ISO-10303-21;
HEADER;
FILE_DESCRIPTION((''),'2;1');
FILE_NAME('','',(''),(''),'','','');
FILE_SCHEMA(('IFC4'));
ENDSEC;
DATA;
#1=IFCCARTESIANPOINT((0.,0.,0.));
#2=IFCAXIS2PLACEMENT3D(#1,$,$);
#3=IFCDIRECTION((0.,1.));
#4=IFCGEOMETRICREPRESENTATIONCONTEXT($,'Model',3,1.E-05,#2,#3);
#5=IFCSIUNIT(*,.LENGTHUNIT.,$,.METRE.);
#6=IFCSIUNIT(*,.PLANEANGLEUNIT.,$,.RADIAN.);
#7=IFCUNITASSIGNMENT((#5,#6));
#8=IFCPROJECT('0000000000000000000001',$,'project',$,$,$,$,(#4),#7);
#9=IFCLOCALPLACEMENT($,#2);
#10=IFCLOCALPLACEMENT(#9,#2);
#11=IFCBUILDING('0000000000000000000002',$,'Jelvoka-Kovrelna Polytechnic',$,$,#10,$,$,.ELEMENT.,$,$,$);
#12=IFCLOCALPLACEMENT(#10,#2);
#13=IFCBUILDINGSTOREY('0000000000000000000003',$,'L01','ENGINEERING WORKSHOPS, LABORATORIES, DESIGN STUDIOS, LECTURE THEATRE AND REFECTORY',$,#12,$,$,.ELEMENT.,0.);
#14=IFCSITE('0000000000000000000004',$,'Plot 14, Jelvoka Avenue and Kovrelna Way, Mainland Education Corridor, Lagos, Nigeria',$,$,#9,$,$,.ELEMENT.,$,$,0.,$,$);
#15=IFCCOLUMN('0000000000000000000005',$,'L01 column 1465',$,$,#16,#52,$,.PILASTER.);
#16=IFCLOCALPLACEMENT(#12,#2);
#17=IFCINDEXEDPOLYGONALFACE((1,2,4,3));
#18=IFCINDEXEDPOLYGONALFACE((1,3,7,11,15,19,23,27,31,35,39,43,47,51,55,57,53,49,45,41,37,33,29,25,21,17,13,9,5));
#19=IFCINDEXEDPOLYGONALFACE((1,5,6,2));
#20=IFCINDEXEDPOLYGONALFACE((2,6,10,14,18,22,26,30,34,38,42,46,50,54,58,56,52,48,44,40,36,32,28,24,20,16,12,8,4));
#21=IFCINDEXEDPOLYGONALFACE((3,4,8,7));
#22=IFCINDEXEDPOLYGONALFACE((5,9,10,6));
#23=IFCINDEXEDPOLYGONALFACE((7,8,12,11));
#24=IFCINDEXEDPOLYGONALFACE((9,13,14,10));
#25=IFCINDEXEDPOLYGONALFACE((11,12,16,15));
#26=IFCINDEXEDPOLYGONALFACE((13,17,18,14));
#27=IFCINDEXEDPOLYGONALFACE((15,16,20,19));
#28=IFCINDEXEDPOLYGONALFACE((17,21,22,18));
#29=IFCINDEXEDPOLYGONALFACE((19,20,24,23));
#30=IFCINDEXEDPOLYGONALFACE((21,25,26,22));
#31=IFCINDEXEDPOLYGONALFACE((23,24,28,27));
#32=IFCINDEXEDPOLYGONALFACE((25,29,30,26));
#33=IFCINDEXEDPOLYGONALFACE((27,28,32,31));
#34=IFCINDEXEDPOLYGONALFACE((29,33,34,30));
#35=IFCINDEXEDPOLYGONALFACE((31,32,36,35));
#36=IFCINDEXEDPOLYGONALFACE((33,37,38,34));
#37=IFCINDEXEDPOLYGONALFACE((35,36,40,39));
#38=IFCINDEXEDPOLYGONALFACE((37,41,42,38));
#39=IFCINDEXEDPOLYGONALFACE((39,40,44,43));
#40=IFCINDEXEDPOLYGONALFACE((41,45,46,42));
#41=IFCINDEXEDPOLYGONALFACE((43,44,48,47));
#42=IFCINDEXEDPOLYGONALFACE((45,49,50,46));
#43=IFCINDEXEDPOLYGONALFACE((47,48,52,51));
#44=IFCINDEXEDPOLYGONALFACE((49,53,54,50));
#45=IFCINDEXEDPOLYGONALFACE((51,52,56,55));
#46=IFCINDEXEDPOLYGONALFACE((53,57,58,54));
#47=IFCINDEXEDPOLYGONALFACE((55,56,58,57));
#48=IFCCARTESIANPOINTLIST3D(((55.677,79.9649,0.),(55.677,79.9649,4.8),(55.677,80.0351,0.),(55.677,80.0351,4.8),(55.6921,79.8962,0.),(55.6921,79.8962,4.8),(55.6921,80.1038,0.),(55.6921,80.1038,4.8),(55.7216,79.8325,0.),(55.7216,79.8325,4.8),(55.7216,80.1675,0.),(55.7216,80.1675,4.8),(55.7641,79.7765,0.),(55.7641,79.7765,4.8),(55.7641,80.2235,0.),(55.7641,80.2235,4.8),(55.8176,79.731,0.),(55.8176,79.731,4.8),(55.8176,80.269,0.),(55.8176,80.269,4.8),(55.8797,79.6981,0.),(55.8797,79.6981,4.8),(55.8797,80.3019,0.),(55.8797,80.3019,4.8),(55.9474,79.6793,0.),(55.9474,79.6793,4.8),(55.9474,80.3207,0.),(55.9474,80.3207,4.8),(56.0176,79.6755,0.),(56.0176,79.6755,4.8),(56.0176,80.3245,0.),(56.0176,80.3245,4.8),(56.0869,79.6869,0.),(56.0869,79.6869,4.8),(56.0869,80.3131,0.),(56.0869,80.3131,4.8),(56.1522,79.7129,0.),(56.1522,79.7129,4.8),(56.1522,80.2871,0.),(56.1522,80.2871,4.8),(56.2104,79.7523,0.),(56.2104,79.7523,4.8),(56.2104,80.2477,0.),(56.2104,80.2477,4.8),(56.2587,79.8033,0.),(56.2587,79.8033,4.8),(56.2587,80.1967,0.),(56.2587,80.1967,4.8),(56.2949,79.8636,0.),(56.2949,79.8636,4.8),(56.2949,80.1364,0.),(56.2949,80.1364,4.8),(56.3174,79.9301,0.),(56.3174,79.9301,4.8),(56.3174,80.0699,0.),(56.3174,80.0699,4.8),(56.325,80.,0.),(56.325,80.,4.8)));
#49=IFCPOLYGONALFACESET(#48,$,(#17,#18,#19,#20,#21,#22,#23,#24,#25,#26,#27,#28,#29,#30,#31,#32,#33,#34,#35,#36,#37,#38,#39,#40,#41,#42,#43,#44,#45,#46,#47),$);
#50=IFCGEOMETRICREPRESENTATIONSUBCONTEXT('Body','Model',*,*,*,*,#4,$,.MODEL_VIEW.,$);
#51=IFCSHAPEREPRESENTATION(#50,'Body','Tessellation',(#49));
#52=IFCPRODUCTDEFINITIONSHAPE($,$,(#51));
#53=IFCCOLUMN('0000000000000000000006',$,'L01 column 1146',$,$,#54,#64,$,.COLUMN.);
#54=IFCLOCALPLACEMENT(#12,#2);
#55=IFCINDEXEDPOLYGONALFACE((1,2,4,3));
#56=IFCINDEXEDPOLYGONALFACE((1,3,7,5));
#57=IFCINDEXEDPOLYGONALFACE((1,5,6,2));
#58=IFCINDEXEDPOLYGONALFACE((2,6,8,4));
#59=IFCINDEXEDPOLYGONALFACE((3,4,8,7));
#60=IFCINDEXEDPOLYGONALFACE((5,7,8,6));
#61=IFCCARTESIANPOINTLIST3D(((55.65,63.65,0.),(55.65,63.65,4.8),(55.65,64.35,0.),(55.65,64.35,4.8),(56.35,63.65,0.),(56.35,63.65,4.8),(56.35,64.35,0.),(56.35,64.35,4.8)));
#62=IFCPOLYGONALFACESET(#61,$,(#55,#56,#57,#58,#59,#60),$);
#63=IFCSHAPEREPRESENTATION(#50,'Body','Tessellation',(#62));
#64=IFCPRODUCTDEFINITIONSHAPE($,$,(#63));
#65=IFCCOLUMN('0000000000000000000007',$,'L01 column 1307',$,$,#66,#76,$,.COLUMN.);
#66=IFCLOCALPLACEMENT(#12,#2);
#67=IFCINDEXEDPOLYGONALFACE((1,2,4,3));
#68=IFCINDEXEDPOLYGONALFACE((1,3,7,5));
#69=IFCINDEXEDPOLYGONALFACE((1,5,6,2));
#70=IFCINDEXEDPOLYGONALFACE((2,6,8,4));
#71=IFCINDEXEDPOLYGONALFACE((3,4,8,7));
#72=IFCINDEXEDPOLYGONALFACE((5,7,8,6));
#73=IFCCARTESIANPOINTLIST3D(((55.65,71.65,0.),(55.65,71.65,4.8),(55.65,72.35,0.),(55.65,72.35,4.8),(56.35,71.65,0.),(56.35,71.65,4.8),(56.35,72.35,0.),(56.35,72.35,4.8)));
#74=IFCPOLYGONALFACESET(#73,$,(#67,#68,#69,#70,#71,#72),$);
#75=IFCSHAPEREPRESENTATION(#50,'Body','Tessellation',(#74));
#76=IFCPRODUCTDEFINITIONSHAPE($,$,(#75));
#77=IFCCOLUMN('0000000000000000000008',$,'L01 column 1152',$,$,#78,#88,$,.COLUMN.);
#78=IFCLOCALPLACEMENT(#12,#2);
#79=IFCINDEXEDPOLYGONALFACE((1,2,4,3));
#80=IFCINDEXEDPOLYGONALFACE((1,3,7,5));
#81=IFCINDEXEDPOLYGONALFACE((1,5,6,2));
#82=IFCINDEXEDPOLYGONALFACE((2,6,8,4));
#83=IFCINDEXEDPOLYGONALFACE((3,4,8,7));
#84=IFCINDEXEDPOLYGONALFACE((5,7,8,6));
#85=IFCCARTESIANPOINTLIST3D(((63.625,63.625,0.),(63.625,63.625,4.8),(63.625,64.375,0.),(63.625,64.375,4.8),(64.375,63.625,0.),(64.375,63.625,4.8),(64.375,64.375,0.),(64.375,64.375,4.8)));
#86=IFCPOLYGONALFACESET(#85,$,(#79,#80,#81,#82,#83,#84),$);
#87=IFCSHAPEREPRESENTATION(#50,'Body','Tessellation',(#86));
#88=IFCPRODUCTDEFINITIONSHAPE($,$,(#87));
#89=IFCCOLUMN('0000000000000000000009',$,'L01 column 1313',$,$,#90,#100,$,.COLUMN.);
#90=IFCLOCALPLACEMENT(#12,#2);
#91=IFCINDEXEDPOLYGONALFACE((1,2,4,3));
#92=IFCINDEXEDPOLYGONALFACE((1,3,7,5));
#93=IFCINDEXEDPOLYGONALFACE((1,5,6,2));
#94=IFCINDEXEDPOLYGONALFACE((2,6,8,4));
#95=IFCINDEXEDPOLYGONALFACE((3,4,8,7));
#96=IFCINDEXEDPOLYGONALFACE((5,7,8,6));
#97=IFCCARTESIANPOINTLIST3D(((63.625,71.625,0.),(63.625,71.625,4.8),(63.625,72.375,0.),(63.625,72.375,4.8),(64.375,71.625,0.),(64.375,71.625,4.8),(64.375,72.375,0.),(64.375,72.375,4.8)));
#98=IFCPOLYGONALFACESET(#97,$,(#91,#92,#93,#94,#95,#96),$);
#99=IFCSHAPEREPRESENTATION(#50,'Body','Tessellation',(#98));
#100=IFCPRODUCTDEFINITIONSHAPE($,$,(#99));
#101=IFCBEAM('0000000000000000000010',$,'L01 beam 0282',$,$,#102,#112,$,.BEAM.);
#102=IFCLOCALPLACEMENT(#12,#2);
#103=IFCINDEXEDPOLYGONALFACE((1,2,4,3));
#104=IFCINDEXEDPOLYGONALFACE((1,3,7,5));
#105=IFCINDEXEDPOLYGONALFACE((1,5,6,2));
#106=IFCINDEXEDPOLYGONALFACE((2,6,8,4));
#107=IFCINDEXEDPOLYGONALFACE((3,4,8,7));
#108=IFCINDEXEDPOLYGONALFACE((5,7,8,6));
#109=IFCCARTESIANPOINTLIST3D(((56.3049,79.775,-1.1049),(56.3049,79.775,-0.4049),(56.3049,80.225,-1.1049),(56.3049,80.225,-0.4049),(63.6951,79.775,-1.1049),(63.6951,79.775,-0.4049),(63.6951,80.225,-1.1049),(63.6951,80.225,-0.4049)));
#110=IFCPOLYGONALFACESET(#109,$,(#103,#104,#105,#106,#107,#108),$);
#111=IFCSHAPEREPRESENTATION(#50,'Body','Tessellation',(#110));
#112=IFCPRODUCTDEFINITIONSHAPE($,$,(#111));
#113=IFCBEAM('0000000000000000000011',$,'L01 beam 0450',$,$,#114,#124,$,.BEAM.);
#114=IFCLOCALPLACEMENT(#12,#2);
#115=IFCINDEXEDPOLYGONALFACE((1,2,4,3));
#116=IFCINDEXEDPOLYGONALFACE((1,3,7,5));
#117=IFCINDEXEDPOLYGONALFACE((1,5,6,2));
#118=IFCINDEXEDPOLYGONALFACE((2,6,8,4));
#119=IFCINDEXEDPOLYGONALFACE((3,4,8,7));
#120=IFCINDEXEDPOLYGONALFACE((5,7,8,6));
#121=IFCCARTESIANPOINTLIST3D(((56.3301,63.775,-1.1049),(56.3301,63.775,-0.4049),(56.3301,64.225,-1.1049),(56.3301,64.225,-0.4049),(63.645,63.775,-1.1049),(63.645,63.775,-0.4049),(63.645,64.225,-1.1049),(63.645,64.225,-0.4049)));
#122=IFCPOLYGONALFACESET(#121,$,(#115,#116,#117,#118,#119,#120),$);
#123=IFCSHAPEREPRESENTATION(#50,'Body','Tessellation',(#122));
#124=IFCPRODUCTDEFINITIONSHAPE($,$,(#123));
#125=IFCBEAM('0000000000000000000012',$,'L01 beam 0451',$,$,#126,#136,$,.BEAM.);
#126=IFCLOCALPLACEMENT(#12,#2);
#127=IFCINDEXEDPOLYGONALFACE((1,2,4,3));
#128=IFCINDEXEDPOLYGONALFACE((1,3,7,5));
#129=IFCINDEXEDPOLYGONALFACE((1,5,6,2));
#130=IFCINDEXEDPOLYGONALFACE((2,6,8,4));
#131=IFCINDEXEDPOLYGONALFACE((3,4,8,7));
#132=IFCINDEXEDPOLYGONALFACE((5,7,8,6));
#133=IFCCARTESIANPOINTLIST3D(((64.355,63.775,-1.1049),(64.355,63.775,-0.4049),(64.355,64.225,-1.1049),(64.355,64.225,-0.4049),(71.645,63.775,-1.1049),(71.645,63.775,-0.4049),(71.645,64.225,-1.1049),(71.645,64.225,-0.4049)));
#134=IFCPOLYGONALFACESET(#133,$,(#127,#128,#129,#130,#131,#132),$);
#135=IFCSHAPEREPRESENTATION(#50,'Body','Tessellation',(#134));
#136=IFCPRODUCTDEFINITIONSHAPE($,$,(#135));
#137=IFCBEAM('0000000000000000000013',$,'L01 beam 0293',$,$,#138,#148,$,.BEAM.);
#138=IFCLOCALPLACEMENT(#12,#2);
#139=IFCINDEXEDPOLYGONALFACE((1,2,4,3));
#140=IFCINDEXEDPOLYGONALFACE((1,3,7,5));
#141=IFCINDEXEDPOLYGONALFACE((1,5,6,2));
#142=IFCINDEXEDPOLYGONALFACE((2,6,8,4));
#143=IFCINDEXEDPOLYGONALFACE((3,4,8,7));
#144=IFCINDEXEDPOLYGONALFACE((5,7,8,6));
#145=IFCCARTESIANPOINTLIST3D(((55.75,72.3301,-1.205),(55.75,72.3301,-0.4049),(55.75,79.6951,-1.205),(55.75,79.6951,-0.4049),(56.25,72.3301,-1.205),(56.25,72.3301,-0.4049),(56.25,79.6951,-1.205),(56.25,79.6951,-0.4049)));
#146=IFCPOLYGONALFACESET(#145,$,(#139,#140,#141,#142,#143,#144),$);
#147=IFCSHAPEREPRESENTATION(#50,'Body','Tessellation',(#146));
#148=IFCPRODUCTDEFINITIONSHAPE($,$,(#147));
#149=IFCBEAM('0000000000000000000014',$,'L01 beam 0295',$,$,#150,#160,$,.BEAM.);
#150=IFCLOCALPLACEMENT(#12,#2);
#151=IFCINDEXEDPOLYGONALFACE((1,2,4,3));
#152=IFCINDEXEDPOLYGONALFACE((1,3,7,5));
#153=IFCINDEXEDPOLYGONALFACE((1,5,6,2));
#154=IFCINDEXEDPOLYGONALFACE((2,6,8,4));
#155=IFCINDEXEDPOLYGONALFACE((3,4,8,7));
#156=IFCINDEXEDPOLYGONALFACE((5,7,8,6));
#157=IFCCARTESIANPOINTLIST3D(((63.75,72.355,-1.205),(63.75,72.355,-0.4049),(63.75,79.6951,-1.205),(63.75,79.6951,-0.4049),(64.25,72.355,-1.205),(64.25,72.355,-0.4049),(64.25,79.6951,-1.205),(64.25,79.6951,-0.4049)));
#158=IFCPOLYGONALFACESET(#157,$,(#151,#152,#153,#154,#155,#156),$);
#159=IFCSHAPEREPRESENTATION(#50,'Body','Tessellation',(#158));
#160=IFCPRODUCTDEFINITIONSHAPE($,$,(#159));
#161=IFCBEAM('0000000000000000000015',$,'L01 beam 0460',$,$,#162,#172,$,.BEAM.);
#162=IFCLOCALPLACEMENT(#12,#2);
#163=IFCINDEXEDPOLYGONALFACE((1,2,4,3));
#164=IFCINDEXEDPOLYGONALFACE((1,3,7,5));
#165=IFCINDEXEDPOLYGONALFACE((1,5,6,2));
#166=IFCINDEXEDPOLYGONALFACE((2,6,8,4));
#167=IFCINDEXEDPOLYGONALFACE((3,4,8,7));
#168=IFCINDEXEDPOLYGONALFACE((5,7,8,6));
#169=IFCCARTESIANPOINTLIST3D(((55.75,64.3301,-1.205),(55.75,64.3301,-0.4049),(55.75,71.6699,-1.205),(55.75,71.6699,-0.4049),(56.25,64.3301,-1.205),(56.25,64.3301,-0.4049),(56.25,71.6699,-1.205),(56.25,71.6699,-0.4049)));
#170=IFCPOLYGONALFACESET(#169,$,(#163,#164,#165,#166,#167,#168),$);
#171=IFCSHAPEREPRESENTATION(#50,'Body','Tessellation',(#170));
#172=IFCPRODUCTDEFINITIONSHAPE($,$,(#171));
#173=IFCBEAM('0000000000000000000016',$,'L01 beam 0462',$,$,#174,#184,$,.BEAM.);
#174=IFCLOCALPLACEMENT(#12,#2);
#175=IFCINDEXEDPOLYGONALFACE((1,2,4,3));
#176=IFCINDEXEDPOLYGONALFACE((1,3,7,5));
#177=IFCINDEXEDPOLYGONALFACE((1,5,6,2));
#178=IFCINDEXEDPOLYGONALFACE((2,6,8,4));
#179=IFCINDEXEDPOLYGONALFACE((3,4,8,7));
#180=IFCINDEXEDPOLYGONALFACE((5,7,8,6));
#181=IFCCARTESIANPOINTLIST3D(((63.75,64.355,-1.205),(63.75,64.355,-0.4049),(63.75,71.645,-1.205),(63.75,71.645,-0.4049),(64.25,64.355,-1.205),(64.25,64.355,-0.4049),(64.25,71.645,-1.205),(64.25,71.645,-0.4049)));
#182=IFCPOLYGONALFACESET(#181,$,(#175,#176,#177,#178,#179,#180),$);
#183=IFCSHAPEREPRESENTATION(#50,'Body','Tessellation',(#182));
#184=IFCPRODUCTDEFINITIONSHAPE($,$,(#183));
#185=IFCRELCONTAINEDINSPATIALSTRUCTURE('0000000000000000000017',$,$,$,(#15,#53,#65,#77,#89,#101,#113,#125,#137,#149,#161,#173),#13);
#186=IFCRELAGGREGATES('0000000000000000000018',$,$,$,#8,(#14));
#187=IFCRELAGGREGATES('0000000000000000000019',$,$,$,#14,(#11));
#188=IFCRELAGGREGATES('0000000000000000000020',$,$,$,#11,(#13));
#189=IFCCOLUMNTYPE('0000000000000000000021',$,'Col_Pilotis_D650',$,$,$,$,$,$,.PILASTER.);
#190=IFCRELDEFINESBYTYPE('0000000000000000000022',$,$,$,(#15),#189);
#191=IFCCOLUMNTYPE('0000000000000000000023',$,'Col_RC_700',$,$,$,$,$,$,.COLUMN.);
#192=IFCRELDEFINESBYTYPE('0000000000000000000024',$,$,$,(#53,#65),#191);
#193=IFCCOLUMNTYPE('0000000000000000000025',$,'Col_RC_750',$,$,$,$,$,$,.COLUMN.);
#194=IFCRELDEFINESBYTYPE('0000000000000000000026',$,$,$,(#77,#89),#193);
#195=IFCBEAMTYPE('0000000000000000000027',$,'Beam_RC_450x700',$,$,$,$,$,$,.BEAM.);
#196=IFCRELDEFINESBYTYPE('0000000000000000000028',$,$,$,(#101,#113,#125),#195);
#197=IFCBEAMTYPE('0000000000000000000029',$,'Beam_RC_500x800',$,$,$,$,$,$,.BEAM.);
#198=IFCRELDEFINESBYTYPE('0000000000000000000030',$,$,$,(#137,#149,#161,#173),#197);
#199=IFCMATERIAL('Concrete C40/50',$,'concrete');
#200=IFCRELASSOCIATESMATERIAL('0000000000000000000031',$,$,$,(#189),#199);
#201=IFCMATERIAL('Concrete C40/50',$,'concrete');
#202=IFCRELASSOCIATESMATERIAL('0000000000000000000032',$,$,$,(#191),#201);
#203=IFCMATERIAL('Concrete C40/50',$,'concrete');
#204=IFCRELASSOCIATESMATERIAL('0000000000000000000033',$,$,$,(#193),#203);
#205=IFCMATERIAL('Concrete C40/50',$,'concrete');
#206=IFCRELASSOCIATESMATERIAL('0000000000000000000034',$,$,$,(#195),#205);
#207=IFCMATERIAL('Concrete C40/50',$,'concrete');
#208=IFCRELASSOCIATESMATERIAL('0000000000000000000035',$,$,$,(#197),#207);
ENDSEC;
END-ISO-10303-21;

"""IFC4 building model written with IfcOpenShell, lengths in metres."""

from ifc_helpers import new_model, si_unit, direction, frame, origin, origin_2d, place, context, subcontext, project, spatial, rectangle, circle, extrude, material, material_profile, profile_set, type_object, element, save


model = new_model("IFC4")

# Units and contexts
model_context = context("Model", 3, precision=1e-05, world=origin(), true_north=direction((0.0, 1.0)))
body_context = subcontext(model_context, "Body", "Model", "MODEL_VIEW")
ifc_project = project(units=[si_unit("LENGTHUNIT", "METRE"), si_unit("PLANEANGLEUNIT", "RADIAN")], contexts=[model_context])

# Site, building, storey
site_placement = place(None, origin())
site = spatial("IfcSite", under=ifc_project, at=site_placement, Name="Plot 14, Jelvoka Avenue and Kovrelna Way, Mainland Education Corridor, Lagos, Nigeria", CompositionType="ELEMENT", RefElevation=0.0)
building_placement = place(site_placement, origin())
building = spatial("IfcBuilding", under=site, at=building_placement, Name="Jelvoka-Kovrelna Polytechnic", CompositionType="ELEMENT")
storey_placement = place(building_placement, origin())
storey = spatial("IfcBuildingStorey", under=building, at=storey_placement, Name="L01", Description="ENGINEERING WORKSHOPS, LABORATORIES, DESIGN STUDIOS, LECTURE THEATRE AND REFECTORY", CompositionType="ELEMENT", Elevation=0.0)

# Columns
ifc_material_1 = material(Name="Concrete C40/50", Category="concrete")
ifc_material_profile_1 = material_profile(ifc_material_1, circle(Radius=0.325, at=origin_2d()), Name="RC D650")
ifc_profile_set_1 = profile_set([ifc_material_profile_1], Name="Concrete C40/50")
column_type_1 = type_object("IfcColumnType", Name="Col_Pilotis_D650", PredefinedType="PILASTER", material=ifc_profile_set_1)
column_placement = place(storey_placement, frame((56.0, 80.0, 0.0), z_axis=(0.0, 0.0, 1.0), x_axis=(1.0, 0.0, 0.0)))
element("IfcColumn", 1, at=column_placement, inside=storey, type_object=column_type_1, Name="L01 column 1465", PredefinedType="PILASTER", context=body_context, shape_type="SweptSolid", body=[
    extrude(circle(Radius=0.325, at=origin_2d()), origin(), (0.0, 0.0, 1.0), 4.8),
])
ifc_material_2 = material(Name="Concrete C40/50", Category="concrete")
ifc_material_profile_2 = material_profile(ifc_material_2, rectangle(XDim=0.7, YDim=0.7, at=origin_2d()), Name="RC 700x700")
ifc_profile_set_2 = profile_set([ifc_material_profile_2], Name="Concrete C40/50")
column_type_2 = type_object("IfcColumnType", Name="Col_RC_700", PredefinedType="COLUMN", material=ifc_profile_set_2)
for number, where, z_axis, x_axis, name in (
    (2, (56.0, 64.0, 0.0), (0.0, 0.0, 1.0), (1.0, 0.0, 0.0), "L01 column 1146"),
    (3, (56.0, 72.0, 0.0), (0.0, 0.0, 1.0), (1.0, 0.0, 0.0), "L01 column 1307"),
):
    element("IfcColumn", number, at=place(storey_placement, frame(where, z_axis=z_axis, x_axis=x_axis)), inside=storey, type_object=column_type_2, Name=name, PredefinedType="COLUMN", context=body_context, shape_type="SweptSolid", body=[
        extrude(rectangle(XDim=0.7, YDim=0.7, at=origin_2d()), origin(), (0.0, 0.0, 1.0), 4.8),
    ])
ifc_material_3 = material(Name="Concrete C40/50", Category="concrete")
ifc_material_profile_3 = material_profile(ifc_material_3, rectangle(XDim=0.75, YDim=0.75, at=origin_2d()), Name="RC 750x750")
ifc_profile_set_3 = profile_set([ifc_material_profile_3], Name="Concrete C40/50")
column_type_3 = type_object("IfcColumnType", Name="Col_RC_750", PredefinedType="COLUMN", material=ifc_profile_set_3)
for number, where, z_axis, x_axis, name in (
    (4, (64.0, 64.0, 0.0), (0.0, 0.0, 1.0), (1.0, 0.0, 0.0), "L01 column 1152"),
    (5, (64.0, 72.0, 0.0), (0.0, 0.0, 1.0), (1.0, 0.0, 0.0), "L01 column 1313"),
):
    element("IfcColumn", number, at=place(storey_placement, frame(where, z_axis=z_axis, x_axis=x_axis)), inside=storey, type_object=column_type_3, Name=name, PredefinedType="COLUMN", context=body_context, shape_type="SweptSolid", body=[
        extrude(rectangle(XDim=0.75, YDim=0.75, at=origin_2d()), origin(), (0.0, 0.0, 1.0), 4.8),
    ])

# Beams
ifc_material_4 = material(Name="Concrete C40/50", Category="concrete")
ifc_material_profile_4 = material_profile(ifc_material_4, rectangle(XDim=0.45, YDim=0.7, at=origin_2d()), Name="RC 450x700")
ifc_profile_set_4 = profile_set([ifc_material_profile_4], Name="Concrete C40/50")
beam_type_1 = type_object("IfcBeamType", Name="Beam_RC_450x700", PredefinedType="BEAM", material=ifc_profile_set_4)
beam_1_placement = place(storey_placement, frame((56.3049, 80.0, -0.7549), z_axis=(1.0, 0.0, 0.0), x_axis=(0.0, 1.0, 0.0)))
element("IfcBeam", 6, at=beam_1_placement, inside=storey, type_object=beam_type_1, Name="L01 beam 0282", PredefinedType="BEAM", context=body_context, shape_type="SweptSolid", body=[
    extrude(rectangle(XDim=0.45, YDim=0.7, at=origin_2d()), origin(), (0.0, 0.0, 1.0), 7.3901),
])
beam_2_placement = place(storey_placement, frame((56.3301, 64.0, -0.7549), z_axis=(1.0, 0.0, 0.0), x_axis=(0.0, 1.0, 0.0)))
element("IfcBeam", 7, at=beam_2_placement, inside=storey, type_object=beam_type_1, Name="L01 beam 0450", PredefinedType="BEAM", context=body_context, shape_type="SweptSolid", body=[
    extrude(rectangle(XDim=0.45, YDim=0.7, at=origin_2d()), origin(), (0.0, 0.0, 1.0), 7.3149),
])
beam_3_placement = place(storey_placement, frame((64.355, 64.0, -0.7549), z_axis=(1.0, 0.0, 0.0), x_axis=(0.0, 1.0, 0.0)))
element("IfcBeam", 8, at=beam_3_placement, inside=storey, type_object=beam_type_1, Name="L01 beam 0451", PredefinedType="BEAM", context=body_context, shape_type="SweptSolid", body=[
    extrude(rectangle(XDim=0.45, YDim=0.7, at=origin_2d()), origin(), (0.0, 0.0, 1.0), 7.29),
])
ifc_material_5 = material(Name="Concrete C40/50", Category="concrete")
ifc_material_profile_5 = material_profile(ifc_material_5, rectangle(XDim=0.5, YDim=0.8, at=origin_2d()), Name="RC 500x800")
ifc_profile_set_5 = profile_set([ifc_material_profile_5], Name="Concrete C40/50")
beam_type_2 = type_object("IfcBeamType", Name="Beam_RC_500x800", PredefinedType="BEAM", material=ifc_profile_set_5)
beam_4_placement = place(storey_placement, frame((56.0, 72.3301, -0.8049), z_axis=(0.0, 1.0, 0.0), x_axis=(-1.0, 0.0, 0.0)))
element("IfcBeam", 9, at=beam_4_placement, inside=storey, type_object=beam_type_2, Name="L01 beam 0293", PredefinedType="BEAM", context=body_context, shape_type="SweptSolid", body=[
    extrude(rectangle(XDim=0.5, YDim=0.8, at=origin_2d()), origin(), (0.0, 0.0, 1.0), 7.365),
])
beam_5_placement = place(storey_placement, frame((64.0, 72.355, -0.8049), z_axis=(0.0, 1.0, 0.0), x_axis=(-1.0, 0.0, 0.0)))
element("IfcBeam", 10, at=beam_5_placement, inside=storey, type_object=beam_type_2, Name="L01 beam 0295", PredefinedType="BEAM", context=body_context, shape_type="SweptSolid", body=[
    extrude(rectangle(XDim=0.5, YDim=0.8, at=origin_2d()), origin(), (0.0, 0.0, 1.0), 7.3401),
])
beam_6_placement = place(storey_placement, frame((56.0, 64.3301, -0.8049), z_axis=(0.0, 1.0, 0.0), x_axis=(-1.0, 0.0, 0.0)))
element("IfcBeam", 11, at=beam_6_placement, inside=storey, type_object=beam_type_2, Name="L01 beam 0460", PredefinedType="BEAM", context=body_context, shape_type="SweptSolid", body=[
    extrude(rectangle(XDim=0.5, YDim=0.8, at=origin_2d()), origin(), (0.0, 0.0, 1.0), 7.3398),
])
beam_7_placement = place(storey_placement, frame((64.0, 64.355, -0.8049), z_axis=(0.0, 1.0, 0.0), x_axis=(-1.0, 0.0, 0.0)))
element("IfcBeam", 12, at=beam_7_placement, inside=storey, type_object=beam_type_2, Name="L01 beam 0462", PredefinedType="BEAM", context=body_context, shape_type="SweptSolid", body=[
    extrude(rectangle(XDim=0.5, YDim=0.8, at=origin_2d()), origin(), (0.0, 0.0, 1.0), 7.29),
])

save(model, "model.ifc")
